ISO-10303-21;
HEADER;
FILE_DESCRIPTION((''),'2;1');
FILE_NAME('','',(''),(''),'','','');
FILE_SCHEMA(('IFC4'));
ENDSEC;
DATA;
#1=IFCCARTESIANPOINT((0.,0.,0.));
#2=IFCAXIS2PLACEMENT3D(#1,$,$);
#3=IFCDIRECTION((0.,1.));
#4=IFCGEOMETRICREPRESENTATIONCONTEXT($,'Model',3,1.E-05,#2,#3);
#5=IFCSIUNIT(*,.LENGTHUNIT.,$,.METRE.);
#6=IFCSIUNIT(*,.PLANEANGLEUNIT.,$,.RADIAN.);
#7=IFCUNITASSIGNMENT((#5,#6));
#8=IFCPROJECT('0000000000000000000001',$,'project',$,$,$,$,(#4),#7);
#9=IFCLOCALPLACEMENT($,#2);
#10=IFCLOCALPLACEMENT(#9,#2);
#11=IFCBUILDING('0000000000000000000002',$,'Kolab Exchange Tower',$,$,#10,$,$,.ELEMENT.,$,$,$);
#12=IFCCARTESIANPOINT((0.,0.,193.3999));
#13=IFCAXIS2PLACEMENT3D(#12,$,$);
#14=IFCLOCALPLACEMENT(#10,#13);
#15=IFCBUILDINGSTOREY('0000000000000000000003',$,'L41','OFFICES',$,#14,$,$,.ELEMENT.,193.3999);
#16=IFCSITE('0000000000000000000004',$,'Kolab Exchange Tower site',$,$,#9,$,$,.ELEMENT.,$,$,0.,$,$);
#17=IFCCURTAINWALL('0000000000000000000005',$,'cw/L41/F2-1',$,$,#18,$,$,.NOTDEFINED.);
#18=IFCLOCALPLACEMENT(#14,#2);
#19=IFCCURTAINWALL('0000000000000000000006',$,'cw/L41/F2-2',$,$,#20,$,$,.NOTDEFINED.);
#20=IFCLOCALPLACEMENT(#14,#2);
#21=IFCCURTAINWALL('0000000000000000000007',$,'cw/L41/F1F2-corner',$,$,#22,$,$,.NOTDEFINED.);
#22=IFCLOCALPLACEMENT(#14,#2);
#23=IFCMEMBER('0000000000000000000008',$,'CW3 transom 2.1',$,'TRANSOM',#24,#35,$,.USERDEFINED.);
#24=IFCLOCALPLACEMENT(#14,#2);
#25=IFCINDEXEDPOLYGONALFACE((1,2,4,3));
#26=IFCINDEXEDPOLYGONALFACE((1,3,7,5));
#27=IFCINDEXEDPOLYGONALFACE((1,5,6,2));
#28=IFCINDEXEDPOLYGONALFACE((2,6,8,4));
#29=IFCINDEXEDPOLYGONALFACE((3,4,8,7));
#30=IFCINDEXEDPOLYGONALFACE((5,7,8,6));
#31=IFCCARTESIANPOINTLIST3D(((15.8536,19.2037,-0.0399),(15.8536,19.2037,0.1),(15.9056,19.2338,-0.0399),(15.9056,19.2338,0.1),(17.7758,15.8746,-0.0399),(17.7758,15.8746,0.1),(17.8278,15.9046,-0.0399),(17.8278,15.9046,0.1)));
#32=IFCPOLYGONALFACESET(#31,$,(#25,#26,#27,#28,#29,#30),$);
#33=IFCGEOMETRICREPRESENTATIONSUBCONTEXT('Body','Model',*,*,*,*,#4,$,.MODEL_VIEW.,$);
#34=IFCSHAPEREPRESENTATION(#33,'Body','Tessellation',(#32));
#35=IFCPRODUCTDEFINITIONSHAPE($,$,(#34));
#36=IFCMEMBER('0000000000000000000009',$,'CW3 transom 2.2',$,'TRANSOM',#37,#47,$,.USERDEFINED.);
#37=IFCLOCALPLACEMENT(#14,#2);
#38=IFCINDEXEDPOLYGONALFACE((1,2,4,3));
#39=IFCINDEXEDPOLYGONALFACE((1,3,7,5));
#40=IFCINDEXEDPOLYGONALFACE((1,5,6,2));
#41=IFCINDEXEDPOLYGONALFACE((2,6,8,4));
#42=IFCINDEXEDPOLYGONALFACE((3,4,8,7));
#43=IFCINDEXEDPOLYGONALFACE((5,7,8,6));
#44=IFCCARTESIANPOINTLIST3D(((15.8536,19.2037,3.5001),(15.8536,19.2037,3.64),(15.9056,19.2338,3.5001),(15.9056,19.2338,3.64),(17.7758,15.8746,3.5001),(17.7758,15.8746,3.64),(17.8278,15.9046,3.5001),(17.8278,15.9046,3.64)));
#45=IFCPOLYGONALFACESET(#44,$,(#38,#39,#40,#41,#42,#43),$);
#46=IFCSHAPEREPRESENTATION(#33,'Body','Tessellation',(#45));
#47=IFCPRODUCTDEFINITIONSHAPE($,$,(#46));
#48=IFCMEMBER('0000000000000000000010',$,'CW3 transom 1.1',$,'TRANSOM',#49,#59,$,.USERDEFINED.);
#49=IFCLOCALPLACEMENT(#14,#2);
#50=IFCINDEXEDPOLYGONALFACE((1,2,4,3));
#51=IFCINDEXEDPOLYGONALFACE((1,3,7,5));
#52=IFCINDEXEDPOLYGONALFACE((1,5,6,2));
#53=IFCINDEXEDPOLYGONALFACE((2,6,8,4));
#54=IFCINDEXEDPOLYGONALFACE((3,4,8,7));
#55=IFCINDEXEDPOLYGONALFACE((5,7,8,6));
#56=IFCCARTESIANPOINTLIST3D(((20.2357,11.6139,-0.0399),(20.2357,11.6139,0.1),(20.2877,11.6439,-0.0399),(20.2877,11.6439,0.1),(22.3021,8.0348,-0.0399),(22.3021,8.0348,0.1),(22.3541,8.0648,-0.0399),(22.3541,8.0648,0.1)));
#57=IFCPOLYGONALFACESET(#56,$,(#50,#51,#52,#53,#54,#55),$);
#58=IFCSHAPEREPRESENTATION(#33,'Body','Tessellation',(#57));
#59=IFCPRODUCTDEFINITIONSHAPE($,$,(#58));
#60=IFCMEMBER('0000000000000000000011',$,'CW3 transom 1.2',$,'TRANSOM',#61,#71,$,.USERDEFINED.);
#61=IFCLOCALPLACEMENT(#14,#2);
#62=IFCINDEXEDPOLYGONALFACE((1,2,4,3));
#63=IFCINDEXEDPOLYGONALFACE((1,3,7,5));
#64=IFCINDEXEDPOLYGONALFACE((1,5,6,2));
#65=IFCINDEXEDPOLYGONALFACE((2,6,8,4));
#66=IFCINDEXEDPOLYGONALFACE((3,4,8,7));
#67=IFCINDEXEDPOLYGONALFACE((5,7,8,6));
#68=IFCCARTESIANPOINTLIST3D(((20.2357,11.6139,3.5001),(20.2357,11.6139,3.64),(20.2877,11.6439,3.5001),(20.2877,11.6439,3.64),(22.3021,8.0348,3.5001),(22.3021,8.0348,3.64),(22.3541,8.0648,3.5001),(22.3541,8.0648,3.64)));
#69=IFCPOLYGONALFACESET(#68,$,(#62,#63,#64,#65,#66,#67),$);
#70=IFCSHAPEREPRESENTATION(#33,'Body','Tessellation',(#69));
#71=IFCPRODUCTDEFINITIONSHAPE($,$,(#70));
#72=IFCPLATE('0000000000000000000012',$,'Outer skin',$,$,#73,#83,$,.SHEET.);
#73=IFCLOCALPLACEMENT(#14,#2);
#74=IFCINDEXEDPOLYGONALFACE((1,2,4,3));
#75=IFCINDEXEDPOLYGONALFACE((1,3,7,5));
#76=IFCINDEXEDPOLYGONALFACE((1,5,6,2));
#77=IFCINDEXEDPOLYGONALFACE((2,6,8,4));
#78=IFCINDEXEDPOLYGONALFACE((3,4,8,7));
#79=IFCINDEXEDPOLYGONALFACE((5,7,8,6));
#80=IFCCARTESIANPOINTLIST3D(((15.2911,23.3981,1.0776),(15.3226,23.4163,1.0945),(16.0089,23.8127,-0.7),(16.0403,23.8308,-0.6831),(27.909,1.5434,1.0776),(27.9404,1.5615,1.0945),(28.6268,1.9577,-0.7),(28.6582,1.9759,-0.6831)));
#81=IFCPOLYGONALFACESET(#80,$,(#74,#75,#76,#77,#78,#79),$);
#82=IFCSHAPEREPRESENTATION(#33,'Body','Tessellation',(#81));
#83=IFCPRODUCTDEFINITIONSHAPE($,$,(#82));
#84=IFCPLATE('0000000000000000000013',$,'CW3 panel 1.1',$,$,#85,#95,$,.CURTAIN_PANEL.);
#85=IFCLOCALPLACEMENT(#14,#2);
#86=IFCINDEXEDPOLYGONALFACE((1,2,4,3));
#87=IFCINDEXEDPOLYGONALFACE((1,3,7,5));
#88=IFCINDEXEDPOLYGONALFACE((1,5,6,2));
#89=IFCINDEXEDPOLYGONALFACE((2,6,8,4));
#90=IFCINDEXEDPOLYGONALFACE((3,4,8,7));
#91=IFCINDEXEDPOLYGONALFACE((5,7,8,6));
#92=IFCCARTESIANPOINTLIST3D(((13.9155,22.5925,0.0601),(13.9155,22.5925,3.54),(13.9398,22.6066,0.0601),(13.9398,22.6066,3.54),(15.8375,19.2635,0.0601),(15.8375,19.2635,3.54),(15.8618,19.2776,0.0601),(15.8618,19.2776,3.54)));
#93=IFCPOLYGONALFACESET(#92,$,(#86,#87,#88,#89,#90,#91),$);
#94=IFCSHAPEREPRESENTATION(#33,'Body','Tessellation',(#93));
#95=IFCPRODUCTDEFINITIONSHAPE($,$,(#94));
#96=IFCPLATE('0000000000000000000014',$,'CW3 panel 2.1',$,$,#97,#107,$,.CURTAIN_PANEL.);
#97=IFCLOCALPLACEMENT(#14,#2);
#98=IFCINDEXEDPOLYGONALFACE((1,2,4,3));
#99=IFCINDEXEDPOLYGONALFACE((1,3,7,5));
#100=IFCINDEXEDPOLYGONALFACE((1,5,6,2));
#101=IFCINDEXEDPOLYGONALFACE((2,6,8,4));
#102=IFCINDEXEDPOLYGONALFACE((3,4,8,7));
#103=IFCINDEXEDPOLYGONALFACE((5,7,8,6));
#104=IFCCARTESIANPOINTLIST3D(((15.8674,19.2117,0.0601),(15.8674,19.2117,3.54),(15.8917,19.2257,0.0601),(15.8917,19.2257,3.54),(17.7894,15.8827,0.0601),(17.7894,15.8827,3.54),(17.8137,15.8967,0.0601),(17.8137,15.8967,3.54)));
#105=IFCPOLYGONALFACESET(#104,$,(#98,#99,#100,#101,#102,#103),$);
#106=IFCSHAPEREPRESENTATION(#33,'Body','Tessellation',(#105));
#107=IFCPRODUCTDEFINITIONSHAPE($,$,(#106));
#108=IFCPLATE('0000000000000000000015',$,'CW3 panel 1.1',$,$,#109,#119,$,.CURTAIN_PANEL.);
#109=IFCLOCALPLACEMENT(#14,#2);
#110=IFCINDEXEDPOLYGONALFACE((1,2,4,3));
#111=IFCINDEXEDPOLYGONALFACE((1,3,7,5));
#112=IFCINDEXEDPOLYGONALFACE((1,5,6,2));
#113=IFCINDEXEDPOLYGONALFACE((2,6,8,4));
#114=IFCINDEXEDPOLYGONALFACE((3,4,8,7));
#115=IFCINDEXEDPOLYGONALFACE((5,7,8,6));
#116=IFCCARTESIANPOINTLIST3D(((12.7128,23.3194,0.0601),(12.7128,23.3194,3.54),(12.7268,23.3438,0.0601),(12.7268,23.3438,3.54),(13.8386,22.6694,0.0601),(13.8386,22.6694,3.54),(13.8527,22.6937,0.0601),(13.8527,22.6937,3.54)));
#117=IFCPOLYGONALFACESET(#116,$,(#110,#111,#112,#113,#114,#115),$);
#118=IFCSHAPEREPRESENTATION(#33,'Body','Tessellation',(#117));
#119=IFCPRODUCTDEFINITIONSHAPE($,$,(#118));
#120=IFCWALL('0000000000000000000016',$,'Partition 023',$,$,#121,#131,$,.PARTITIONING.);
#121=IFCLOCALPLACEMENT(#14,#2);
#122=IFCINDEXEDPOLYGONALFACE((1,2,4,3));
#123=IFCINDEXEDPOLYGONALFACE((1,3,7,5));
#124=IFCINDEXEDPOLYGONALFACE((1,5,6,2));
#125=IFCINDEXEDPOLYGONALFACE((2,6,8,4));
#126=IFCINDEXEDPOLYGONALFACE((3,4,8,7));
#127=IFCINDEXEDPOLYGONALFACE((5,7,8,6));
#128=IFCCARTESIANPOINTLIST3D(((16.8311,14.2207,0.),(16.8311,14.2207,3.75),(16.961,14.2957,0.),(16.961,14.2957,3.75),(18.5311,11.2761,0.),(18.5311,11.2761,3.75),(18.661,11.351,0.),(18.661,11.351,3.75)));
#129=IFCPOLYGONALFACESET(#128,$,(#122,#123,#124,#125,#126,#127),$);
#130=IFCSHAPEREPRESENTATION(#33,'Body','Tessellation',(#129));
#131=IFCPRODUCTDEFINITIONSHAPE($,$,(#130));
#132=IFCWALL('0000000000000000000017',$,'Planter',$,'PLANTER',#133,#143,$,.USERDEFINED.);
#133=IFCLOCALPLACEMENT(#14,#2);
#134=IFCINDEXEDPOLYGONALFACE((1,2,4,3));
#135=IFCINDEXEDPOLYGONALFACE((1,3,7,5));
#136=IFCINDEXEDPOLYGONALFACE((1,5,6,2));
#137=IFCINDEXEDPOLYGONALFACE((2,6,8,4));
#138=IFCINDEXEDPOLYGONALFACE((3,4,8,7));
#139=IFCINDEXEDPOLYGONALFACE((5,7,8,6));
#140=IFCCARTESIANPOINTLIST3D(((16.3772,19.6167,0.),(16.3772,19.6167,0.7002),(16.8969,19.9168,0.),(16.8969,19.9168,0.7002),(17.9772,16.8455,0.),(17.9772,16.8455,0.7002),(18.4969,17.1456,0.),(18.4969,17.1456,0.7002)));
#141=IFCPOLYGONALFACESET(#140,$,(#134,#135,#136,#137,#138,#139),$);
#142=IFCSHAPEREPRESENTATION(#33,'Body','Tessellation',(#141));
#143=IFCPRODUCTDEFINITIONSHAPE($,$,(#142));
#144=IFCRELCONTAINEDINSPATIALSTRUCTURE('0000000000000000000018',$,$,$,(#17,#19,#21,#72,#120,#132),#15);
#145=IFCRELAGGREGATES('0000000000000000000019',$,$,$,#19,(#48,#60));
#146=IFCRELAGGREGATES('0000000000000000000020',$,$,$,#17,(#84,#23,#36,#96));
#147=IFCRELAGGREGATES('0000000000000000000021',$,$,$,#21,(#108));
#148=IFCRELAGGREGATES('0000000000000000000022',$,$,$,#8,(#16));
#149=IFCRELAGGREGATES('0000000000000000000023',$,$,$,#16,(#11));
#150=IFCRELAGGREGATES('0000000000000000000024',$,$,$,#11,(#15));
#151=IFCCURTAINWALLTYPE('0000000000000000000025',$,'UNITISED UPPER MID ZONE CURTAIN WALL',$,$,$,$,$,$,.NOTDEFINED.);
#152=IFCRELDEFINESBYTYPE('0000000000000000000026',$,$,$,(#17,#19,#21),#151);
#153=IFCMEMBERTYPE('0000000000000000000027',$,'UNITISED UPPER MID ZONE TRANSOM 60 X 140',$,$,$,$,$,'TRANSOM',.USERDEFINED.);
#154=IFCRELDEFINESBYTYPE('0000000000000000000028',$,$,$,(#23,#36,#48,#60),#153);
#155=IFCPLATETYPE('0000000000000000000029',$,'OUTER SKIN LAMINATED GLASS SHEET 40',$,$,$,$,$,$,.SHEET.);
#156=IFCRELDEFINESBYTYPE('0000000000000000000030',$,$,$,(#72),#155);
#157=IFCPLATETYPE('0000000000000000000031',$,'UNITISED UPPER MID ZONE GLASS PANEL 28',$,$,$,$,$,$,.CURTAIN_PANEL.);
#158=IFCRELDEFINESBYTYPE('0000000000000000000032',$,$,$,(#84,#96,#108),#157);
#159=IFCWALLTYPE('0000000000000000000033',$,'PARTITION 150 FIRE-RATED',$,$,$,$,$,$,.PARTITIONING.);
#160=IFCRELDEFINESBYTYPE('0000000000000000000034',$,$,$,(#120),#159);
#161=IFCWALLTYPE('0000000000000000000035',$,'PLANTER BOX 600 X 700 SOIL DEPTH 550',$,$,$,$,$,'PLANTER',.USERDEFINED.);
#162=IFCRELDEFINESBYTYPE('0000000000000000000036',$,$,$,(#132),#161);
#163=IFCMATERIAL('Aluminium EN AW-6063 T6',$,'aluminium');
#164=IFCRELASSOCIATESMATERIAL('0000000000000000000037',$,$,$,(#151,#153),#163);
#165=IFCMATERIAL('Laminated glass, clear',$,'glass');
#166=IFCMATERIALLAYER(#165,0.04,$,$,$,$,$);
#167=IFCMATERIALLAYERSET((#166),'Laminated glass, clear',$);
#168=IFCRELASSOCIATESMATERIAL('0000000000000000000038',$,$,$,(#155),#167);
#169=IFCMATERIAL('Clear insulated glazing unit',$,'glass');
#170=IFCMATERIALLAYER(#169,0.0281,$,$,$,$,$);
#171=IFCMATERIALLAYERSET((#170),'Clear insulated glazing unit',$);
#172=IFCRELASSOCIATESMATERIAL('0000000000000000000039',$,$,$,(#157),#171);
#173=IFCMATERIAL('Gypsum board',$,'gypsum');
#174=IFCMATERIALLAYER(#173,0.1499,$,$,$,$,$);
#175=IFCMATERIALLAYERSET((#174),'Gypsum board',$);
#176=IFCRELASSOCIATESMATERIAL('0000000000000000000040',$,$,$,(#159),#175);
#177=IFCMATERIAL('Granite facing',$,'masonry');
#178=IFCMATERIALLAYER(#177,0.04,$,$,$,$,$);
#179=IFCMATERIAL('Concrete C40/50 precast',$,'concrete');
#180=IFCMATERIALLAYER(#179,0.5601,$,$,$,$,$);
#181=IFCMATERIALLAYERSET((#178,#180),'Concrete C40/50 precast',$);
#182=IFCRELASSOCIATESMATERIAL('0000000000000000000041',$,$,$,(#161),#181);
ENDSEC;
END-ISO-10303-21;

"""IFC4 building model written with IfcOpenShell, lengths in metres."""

from ifc_helpers import new_model, si_unit, direction, frame, frame_2d, origin, origin_2d, place, context, subcontext, project, spatial, polyline, rectangle, outline, extrude, material, layer, layer_set, material_profile, profile_set, type_object, element, aggregate, save


model = new_model("IFC4")

# Units and contexts
model_context = context("Model", 3, precision=1e-05, world=origin(), true_north=direction((0.0, 1.0)))
body_context = subcontext(model_context, "Body", "Model", "MODEL_VIEW")
ifc_project = project(units=[si_unit("LENGTHUNIT", "METRE"), si_unit("PLANEANGLEUNIT", "RADIAN")], contexts=[model_context])

# Site, building, storey
site_placement = place(None, origin())
site = spatial("IfcSite", under=ifc_project, at=site_placement, Name="Kolab Exchange Tower site", CompositionType="ELEMENT", RefElevation=0.0)
building_placement = place(site_placement, origin())
building = spatial("IfcBuilding", under=site, at=building_placement, Name="Kolab Exchange Tower", CompositionType="ELEMENT")
storey_placement = place(building_placement, frame((0.0, 0.0, 193.3999)))
storey = spatial("IfcBuildingStorey", under=building, at=storey_placement, Name="L41", Description="OFFICES", CompositionType="ELEMENT", Elevation=193.3999)

# Curtain wall
ifc_material_1 = material(Name="Aluminium EN AW-6063 T6", Category="aluminium")
curtain_wall_type = type_object("IfcCurtainWallType", Name="UNITISED UPPER MID ZONE CURTAIN WALL", PredefinedType="NOTDEFINED", material=ifc_material_1)
curtain_wall_1_placement = place(storey_placement, origin())
curtain_wall_1 = element("IfcCurtainWall", 1, at=curtain_wall_1_placement, inside=storey, type_object=curtain_wall_type, Name="cw/L41/F2-1", PredefinedType="NOTDEFINED")

# Curtain walls
curtain_wall_2_placement = place(storey_placement, origin())
curtain_wall_2 = element("IfcCurtainWall", 2, at=curtain_wall_2_placement, inside=storey, type_object=curtain_wall_type, Name="cw/L41/F2-2", PredefinedType="NOTDEFINED")
curtain_wall_3_placement = place(storey_placement, origin())
curtain_wall_3 = element("IfcCurtainWall", 3, at=curtain_wall_3_placement, inside=storey, type_object=curtain_wall_type, Name="cw/L41/F1F2-corner", PredefinedType="NOTDEFINED")

# Members
ifc_material_profile_1 = material_profile(ifc_material_1, rectangle(XDim=0.0601, YDim=0.1399, at=origin_2d()), Name="RECT 60X140")
ifc_profile_set_1 = profile_set([ifc_material_profile_1], Name="Aluminium EN AW-6063 T6")
member_type_1 = type_object("IfcMemberType", Name="UNITISED UPPER MID ZONE TRANSOM 60 X 140", ElementType="TRANSOM", PredefinedType="USERDEFINED", material=ifc_profile_set_1)
member_1_placement = place(storey_placement, frame((15.8796, 19.2188, 0.03), z_axis=(0.500012, -0.866018, 0.0), x_axis=(0.866018, 0.500012, 0.0)))
member_1 = element("IfcMember", 4, at=member_1_placement, type_object=member_type_1, Name="CW3 transom 2.1", ObjectType="TRANSOM", PredefinedType="USERDEFINED", context=body_context, shape_type="SweptSolid", body=[
    extrude(rectangle(XDim=0.0601, YDim=0.1399, at=origin_2d()), origin(), (0.0, 0.0, 1.0), 3.8442),
])
member_2_placement = place(storey_placement, frame((15.8796, 19.2188, 3.5701), z_axis=(0.500012, -0.866018, 0.0), x_axis=(0.866018, 0.500012, 0.0)))
member_2 = element("IfcMember", 5, at=member_2_placement, type_object=member_type_1, Name="CW3 transom 2.2", ObjectType="TRANSOM", PredefinedType="USERDEFINED", context=body_context, shape_type="SweptSolid", body=[
    extrude(rectangle(XDim=0.0601, YDim=0.1399, at=origin_2d()), origin(), (0.0, 0.0, 1.0), 3.8442),
])
member_3_placement = place(storey_placement, frame((20.2617, 11.6289, 0.03), z_axis=(0.500002, -0.866024, 0.0), x_axis=(0.866024, 0.500002, 0.0)))
member_3 = element("IfcMember", 6, at=member_3_placement, type_object=member_type_1, Name="CW3 transom 1.1", ObjectType="TRANSOM", PredefinedType="USERDEFINED", context=body_context, shape_type="SweptSolid", body=[
    extrude(rectangle(XDim=0.0601, YDim=0.1399, at=origin_2d()), origin(), (0.0, 0.0, 1.0), 4.1328),
])
member_4_placement = place(storey_placement, frame((20.2617, 11.6289, 3.5701), z_axis=(0.500002, -0.866024, 0.0), x_axis=(0.866024, 0.500002, 0.0)))
member_4 = element("IfcMember", 7, at=member_4_placement, type_object=member_type_1, Name="CW3 transom 1.2", ObjectType="TRANSOM", PredefinedType="USERDEFINED", context=body_context, shape_type="SweptSolid", body=[
    extrude(rectangle(XDim=0.0601, YDim=0.1399, at=origin_2d()), origin(), (0.0, 0.0, 1.0), 4.1328),
])
aggregate(curtain_wall_2, [member_3, member_4])

# Plates
ifc_material_2 = material(Name="Laminated glass, clear", Category="glass")
ifc_layer_1 = layer(ifc_material_2, 0.04)
ifc_layer_set_1 = layer_set([ifc_layer_1], Name="Laminated glass, clear")
plate_type_1 = type_object("IfcPlateType", Name="OUTER SKIN LAMINATED GLASS SHEET 40", PredefinedType="SHEET", material=ifc_layer_set_1)
plate_1_placement = place(storey_placement, frame((16.0403, 23.8308, -0.6831), z_axis=(0.784899, 0.453162, 0.422585), x_axis=(0.5, -0.866025, 0.000001)))
element("IfcPlate", 8, at=plate_1_placement, inside=storey, type_object=plate_type_1, Name="Outer skin", PredefinedType="SHEET", context=body_context, shape_type="SweptSolid", body=[
    extrude(outline(polyline([(0.0, 0.0), (25.2359, 0.0), (25.2358, -1.9613), (0.0001, -1.9613), (0.0, 0.0)])), origin(), (0.0, 0.0, -1.0), 0.04),
])
ifc_material_3 = material(Name="Clear insulated glazing unit", Category="glass")
ifc_layer_2 = layer(ifc_material_3, 0.0281)
ifc_layer_set_2 = layer_set([ifc_layer_2], Name="Clear insulated glazing unit")
plate_type_2 = type_object("IfcPlateType", Name="UNITISED UPPER MID ZONE GLASS PANEL 28", PredefinedType="CURTAIN_PANEL", material=ifc_layer_set_2)
plate_2_placement = place(storey_placement, frame((14.8887, 20.9351, 0.0601), z_axis=(0.0, 0.0, 1.0), x_axis=(0.5, -0.866025, 0.0)))
plate_2 = element("IfcPlate", 9, at=plate_2_placement, type_object=plate_type_2, Name="CW3 panel 1.1", PredefinedType="CURTAIN_PANEL", context=body_context, shape_type="SweptSolid", body=[
    extrude(rectangle(XDim=3.844, YDim=0.0281, at=origin_2d()), origin(), (0.0, 0.0, 1.0), 3.48),
])
plate_3_placement = place(storey_placement, frame((16.8406, 17.5542, 0.0601), z_axis=(0.0, 0.0, 1.0), x_axis=(0.5, -0.866025, 0.0)))
plate_3 = element("IfcPlate", 10, at=plate_3_placement, type_object=plate_type_2, Name="CW3 panel 2.1", PredefinedType="CURTAIN_PANEL", context=body_context, shape_type="SweptSolid", body=[
    extrude(rectangle(XDim=3.844, YDim=0.0281, at=origin_2d()), origin(), (0.0, 0.0, 1.0), 3.48),
])
aggregate(curtain_wall_1, [plate_2, member_1, member_2, plate_3])
plate_4_placement = place(storey_placement, frame((13.2827, 23.0066, 0.0601), z_axis=(0.0, 0.0, 1.0), x_axis=(0.866025, -0.5, 0.0)))
plate_4 = element("IfcPlate", 11, at=plate_4_placement, type_object=plate_type_2, Name="CW3 panel 1.1", PredefinedType="CURTAIN_PANEL", context=body_context, shape_type="SweptSolid", body=[
    extrude(rectangle(XDim=1.3, YDim=0.0281, at=origin_2d()), origin(), (0.0, 0.0, 1.0), 3.48),
])
aggregate(curtain_wall_3, [plate_4])

# Walls
ifc_material_4 = material(Name="Gypsum board", Category="gypsum")
ifc_layer_3 = layer(ifc_material_4, 0.1499)
ifc_layer_set_3 = layer_set([ifc_layer_3], Name="Gypsum board")
wall_type_1 = type_object("IfcWallType", Name="PARTITION 150 FIRE-RATED", PredefinedType="PARTITIONING", material=ifc_layer_set_3)
wall_1_placement = place(storey_placement, frame((16.896, 14.2583, 0.0), z_axis=(0.0, 0.0, 1.0), x_axis=(0.499977, -0.866039, 0.0)))
element("IfcWall", 12, at=wall_1_placement, inside=storey, type_object=wall_type_1, Name="Partition 023", PredefinedType="PARTITIONING", context=body_context, shape_type="SweptSolid", body=[
    extrude(rectangle(XDim=3.4001, YDim=0.1499, at=frame_2d((1.7002, 0.0))), origin(), (0.0, 0.0, 1.0), 3.75),
])
ifc_material_5 = material(Name="Granite facing", Category="masonry")
ifc_layer_4 = layer(ifc_material_5, 0.04)
ifc_material_6 = material(Name="Concrete C40/50 precast", Category="concrete")
ifc_layer_5 = layer(ifc_material_6, 0.5601)
ifc_layer_set_4 = layer_set([ifc_layer_4, ifc_layer_5], Name="Concrete C40/50 precast")
wall_type_2 = type_object("IfcWallType", Name="PLANTER BOX 600 X 700 SOIL DEPTH 550", ElementType="PLANTER", PredefinedType="USERDEFINED", material=ifc_layer_set_4)
wall_2_placement = place(storey_placement, frame((16.637, 19.7668, 0.0), z_axis=(0.0, 0.0, 1.0), x_axis=(0.500028, -0.866009, 0.0)))
element("IfcWall", 13, at=wall_2_placement, inside=storey, type_object=wall_type_2, Name="Planter", ObjectType="PLANTER", PredefinedType="USERDEFINED", context=body_context, shape_type="SweptSolid", body=[
    extrude(rectangle(XDim=3.2, YDim=0.6001, at=frame_2d((1.6001, 0.0))), origin(), (0.0, 0.0, 1.0), 0.7002),
])

save(model, "model.ifc")
